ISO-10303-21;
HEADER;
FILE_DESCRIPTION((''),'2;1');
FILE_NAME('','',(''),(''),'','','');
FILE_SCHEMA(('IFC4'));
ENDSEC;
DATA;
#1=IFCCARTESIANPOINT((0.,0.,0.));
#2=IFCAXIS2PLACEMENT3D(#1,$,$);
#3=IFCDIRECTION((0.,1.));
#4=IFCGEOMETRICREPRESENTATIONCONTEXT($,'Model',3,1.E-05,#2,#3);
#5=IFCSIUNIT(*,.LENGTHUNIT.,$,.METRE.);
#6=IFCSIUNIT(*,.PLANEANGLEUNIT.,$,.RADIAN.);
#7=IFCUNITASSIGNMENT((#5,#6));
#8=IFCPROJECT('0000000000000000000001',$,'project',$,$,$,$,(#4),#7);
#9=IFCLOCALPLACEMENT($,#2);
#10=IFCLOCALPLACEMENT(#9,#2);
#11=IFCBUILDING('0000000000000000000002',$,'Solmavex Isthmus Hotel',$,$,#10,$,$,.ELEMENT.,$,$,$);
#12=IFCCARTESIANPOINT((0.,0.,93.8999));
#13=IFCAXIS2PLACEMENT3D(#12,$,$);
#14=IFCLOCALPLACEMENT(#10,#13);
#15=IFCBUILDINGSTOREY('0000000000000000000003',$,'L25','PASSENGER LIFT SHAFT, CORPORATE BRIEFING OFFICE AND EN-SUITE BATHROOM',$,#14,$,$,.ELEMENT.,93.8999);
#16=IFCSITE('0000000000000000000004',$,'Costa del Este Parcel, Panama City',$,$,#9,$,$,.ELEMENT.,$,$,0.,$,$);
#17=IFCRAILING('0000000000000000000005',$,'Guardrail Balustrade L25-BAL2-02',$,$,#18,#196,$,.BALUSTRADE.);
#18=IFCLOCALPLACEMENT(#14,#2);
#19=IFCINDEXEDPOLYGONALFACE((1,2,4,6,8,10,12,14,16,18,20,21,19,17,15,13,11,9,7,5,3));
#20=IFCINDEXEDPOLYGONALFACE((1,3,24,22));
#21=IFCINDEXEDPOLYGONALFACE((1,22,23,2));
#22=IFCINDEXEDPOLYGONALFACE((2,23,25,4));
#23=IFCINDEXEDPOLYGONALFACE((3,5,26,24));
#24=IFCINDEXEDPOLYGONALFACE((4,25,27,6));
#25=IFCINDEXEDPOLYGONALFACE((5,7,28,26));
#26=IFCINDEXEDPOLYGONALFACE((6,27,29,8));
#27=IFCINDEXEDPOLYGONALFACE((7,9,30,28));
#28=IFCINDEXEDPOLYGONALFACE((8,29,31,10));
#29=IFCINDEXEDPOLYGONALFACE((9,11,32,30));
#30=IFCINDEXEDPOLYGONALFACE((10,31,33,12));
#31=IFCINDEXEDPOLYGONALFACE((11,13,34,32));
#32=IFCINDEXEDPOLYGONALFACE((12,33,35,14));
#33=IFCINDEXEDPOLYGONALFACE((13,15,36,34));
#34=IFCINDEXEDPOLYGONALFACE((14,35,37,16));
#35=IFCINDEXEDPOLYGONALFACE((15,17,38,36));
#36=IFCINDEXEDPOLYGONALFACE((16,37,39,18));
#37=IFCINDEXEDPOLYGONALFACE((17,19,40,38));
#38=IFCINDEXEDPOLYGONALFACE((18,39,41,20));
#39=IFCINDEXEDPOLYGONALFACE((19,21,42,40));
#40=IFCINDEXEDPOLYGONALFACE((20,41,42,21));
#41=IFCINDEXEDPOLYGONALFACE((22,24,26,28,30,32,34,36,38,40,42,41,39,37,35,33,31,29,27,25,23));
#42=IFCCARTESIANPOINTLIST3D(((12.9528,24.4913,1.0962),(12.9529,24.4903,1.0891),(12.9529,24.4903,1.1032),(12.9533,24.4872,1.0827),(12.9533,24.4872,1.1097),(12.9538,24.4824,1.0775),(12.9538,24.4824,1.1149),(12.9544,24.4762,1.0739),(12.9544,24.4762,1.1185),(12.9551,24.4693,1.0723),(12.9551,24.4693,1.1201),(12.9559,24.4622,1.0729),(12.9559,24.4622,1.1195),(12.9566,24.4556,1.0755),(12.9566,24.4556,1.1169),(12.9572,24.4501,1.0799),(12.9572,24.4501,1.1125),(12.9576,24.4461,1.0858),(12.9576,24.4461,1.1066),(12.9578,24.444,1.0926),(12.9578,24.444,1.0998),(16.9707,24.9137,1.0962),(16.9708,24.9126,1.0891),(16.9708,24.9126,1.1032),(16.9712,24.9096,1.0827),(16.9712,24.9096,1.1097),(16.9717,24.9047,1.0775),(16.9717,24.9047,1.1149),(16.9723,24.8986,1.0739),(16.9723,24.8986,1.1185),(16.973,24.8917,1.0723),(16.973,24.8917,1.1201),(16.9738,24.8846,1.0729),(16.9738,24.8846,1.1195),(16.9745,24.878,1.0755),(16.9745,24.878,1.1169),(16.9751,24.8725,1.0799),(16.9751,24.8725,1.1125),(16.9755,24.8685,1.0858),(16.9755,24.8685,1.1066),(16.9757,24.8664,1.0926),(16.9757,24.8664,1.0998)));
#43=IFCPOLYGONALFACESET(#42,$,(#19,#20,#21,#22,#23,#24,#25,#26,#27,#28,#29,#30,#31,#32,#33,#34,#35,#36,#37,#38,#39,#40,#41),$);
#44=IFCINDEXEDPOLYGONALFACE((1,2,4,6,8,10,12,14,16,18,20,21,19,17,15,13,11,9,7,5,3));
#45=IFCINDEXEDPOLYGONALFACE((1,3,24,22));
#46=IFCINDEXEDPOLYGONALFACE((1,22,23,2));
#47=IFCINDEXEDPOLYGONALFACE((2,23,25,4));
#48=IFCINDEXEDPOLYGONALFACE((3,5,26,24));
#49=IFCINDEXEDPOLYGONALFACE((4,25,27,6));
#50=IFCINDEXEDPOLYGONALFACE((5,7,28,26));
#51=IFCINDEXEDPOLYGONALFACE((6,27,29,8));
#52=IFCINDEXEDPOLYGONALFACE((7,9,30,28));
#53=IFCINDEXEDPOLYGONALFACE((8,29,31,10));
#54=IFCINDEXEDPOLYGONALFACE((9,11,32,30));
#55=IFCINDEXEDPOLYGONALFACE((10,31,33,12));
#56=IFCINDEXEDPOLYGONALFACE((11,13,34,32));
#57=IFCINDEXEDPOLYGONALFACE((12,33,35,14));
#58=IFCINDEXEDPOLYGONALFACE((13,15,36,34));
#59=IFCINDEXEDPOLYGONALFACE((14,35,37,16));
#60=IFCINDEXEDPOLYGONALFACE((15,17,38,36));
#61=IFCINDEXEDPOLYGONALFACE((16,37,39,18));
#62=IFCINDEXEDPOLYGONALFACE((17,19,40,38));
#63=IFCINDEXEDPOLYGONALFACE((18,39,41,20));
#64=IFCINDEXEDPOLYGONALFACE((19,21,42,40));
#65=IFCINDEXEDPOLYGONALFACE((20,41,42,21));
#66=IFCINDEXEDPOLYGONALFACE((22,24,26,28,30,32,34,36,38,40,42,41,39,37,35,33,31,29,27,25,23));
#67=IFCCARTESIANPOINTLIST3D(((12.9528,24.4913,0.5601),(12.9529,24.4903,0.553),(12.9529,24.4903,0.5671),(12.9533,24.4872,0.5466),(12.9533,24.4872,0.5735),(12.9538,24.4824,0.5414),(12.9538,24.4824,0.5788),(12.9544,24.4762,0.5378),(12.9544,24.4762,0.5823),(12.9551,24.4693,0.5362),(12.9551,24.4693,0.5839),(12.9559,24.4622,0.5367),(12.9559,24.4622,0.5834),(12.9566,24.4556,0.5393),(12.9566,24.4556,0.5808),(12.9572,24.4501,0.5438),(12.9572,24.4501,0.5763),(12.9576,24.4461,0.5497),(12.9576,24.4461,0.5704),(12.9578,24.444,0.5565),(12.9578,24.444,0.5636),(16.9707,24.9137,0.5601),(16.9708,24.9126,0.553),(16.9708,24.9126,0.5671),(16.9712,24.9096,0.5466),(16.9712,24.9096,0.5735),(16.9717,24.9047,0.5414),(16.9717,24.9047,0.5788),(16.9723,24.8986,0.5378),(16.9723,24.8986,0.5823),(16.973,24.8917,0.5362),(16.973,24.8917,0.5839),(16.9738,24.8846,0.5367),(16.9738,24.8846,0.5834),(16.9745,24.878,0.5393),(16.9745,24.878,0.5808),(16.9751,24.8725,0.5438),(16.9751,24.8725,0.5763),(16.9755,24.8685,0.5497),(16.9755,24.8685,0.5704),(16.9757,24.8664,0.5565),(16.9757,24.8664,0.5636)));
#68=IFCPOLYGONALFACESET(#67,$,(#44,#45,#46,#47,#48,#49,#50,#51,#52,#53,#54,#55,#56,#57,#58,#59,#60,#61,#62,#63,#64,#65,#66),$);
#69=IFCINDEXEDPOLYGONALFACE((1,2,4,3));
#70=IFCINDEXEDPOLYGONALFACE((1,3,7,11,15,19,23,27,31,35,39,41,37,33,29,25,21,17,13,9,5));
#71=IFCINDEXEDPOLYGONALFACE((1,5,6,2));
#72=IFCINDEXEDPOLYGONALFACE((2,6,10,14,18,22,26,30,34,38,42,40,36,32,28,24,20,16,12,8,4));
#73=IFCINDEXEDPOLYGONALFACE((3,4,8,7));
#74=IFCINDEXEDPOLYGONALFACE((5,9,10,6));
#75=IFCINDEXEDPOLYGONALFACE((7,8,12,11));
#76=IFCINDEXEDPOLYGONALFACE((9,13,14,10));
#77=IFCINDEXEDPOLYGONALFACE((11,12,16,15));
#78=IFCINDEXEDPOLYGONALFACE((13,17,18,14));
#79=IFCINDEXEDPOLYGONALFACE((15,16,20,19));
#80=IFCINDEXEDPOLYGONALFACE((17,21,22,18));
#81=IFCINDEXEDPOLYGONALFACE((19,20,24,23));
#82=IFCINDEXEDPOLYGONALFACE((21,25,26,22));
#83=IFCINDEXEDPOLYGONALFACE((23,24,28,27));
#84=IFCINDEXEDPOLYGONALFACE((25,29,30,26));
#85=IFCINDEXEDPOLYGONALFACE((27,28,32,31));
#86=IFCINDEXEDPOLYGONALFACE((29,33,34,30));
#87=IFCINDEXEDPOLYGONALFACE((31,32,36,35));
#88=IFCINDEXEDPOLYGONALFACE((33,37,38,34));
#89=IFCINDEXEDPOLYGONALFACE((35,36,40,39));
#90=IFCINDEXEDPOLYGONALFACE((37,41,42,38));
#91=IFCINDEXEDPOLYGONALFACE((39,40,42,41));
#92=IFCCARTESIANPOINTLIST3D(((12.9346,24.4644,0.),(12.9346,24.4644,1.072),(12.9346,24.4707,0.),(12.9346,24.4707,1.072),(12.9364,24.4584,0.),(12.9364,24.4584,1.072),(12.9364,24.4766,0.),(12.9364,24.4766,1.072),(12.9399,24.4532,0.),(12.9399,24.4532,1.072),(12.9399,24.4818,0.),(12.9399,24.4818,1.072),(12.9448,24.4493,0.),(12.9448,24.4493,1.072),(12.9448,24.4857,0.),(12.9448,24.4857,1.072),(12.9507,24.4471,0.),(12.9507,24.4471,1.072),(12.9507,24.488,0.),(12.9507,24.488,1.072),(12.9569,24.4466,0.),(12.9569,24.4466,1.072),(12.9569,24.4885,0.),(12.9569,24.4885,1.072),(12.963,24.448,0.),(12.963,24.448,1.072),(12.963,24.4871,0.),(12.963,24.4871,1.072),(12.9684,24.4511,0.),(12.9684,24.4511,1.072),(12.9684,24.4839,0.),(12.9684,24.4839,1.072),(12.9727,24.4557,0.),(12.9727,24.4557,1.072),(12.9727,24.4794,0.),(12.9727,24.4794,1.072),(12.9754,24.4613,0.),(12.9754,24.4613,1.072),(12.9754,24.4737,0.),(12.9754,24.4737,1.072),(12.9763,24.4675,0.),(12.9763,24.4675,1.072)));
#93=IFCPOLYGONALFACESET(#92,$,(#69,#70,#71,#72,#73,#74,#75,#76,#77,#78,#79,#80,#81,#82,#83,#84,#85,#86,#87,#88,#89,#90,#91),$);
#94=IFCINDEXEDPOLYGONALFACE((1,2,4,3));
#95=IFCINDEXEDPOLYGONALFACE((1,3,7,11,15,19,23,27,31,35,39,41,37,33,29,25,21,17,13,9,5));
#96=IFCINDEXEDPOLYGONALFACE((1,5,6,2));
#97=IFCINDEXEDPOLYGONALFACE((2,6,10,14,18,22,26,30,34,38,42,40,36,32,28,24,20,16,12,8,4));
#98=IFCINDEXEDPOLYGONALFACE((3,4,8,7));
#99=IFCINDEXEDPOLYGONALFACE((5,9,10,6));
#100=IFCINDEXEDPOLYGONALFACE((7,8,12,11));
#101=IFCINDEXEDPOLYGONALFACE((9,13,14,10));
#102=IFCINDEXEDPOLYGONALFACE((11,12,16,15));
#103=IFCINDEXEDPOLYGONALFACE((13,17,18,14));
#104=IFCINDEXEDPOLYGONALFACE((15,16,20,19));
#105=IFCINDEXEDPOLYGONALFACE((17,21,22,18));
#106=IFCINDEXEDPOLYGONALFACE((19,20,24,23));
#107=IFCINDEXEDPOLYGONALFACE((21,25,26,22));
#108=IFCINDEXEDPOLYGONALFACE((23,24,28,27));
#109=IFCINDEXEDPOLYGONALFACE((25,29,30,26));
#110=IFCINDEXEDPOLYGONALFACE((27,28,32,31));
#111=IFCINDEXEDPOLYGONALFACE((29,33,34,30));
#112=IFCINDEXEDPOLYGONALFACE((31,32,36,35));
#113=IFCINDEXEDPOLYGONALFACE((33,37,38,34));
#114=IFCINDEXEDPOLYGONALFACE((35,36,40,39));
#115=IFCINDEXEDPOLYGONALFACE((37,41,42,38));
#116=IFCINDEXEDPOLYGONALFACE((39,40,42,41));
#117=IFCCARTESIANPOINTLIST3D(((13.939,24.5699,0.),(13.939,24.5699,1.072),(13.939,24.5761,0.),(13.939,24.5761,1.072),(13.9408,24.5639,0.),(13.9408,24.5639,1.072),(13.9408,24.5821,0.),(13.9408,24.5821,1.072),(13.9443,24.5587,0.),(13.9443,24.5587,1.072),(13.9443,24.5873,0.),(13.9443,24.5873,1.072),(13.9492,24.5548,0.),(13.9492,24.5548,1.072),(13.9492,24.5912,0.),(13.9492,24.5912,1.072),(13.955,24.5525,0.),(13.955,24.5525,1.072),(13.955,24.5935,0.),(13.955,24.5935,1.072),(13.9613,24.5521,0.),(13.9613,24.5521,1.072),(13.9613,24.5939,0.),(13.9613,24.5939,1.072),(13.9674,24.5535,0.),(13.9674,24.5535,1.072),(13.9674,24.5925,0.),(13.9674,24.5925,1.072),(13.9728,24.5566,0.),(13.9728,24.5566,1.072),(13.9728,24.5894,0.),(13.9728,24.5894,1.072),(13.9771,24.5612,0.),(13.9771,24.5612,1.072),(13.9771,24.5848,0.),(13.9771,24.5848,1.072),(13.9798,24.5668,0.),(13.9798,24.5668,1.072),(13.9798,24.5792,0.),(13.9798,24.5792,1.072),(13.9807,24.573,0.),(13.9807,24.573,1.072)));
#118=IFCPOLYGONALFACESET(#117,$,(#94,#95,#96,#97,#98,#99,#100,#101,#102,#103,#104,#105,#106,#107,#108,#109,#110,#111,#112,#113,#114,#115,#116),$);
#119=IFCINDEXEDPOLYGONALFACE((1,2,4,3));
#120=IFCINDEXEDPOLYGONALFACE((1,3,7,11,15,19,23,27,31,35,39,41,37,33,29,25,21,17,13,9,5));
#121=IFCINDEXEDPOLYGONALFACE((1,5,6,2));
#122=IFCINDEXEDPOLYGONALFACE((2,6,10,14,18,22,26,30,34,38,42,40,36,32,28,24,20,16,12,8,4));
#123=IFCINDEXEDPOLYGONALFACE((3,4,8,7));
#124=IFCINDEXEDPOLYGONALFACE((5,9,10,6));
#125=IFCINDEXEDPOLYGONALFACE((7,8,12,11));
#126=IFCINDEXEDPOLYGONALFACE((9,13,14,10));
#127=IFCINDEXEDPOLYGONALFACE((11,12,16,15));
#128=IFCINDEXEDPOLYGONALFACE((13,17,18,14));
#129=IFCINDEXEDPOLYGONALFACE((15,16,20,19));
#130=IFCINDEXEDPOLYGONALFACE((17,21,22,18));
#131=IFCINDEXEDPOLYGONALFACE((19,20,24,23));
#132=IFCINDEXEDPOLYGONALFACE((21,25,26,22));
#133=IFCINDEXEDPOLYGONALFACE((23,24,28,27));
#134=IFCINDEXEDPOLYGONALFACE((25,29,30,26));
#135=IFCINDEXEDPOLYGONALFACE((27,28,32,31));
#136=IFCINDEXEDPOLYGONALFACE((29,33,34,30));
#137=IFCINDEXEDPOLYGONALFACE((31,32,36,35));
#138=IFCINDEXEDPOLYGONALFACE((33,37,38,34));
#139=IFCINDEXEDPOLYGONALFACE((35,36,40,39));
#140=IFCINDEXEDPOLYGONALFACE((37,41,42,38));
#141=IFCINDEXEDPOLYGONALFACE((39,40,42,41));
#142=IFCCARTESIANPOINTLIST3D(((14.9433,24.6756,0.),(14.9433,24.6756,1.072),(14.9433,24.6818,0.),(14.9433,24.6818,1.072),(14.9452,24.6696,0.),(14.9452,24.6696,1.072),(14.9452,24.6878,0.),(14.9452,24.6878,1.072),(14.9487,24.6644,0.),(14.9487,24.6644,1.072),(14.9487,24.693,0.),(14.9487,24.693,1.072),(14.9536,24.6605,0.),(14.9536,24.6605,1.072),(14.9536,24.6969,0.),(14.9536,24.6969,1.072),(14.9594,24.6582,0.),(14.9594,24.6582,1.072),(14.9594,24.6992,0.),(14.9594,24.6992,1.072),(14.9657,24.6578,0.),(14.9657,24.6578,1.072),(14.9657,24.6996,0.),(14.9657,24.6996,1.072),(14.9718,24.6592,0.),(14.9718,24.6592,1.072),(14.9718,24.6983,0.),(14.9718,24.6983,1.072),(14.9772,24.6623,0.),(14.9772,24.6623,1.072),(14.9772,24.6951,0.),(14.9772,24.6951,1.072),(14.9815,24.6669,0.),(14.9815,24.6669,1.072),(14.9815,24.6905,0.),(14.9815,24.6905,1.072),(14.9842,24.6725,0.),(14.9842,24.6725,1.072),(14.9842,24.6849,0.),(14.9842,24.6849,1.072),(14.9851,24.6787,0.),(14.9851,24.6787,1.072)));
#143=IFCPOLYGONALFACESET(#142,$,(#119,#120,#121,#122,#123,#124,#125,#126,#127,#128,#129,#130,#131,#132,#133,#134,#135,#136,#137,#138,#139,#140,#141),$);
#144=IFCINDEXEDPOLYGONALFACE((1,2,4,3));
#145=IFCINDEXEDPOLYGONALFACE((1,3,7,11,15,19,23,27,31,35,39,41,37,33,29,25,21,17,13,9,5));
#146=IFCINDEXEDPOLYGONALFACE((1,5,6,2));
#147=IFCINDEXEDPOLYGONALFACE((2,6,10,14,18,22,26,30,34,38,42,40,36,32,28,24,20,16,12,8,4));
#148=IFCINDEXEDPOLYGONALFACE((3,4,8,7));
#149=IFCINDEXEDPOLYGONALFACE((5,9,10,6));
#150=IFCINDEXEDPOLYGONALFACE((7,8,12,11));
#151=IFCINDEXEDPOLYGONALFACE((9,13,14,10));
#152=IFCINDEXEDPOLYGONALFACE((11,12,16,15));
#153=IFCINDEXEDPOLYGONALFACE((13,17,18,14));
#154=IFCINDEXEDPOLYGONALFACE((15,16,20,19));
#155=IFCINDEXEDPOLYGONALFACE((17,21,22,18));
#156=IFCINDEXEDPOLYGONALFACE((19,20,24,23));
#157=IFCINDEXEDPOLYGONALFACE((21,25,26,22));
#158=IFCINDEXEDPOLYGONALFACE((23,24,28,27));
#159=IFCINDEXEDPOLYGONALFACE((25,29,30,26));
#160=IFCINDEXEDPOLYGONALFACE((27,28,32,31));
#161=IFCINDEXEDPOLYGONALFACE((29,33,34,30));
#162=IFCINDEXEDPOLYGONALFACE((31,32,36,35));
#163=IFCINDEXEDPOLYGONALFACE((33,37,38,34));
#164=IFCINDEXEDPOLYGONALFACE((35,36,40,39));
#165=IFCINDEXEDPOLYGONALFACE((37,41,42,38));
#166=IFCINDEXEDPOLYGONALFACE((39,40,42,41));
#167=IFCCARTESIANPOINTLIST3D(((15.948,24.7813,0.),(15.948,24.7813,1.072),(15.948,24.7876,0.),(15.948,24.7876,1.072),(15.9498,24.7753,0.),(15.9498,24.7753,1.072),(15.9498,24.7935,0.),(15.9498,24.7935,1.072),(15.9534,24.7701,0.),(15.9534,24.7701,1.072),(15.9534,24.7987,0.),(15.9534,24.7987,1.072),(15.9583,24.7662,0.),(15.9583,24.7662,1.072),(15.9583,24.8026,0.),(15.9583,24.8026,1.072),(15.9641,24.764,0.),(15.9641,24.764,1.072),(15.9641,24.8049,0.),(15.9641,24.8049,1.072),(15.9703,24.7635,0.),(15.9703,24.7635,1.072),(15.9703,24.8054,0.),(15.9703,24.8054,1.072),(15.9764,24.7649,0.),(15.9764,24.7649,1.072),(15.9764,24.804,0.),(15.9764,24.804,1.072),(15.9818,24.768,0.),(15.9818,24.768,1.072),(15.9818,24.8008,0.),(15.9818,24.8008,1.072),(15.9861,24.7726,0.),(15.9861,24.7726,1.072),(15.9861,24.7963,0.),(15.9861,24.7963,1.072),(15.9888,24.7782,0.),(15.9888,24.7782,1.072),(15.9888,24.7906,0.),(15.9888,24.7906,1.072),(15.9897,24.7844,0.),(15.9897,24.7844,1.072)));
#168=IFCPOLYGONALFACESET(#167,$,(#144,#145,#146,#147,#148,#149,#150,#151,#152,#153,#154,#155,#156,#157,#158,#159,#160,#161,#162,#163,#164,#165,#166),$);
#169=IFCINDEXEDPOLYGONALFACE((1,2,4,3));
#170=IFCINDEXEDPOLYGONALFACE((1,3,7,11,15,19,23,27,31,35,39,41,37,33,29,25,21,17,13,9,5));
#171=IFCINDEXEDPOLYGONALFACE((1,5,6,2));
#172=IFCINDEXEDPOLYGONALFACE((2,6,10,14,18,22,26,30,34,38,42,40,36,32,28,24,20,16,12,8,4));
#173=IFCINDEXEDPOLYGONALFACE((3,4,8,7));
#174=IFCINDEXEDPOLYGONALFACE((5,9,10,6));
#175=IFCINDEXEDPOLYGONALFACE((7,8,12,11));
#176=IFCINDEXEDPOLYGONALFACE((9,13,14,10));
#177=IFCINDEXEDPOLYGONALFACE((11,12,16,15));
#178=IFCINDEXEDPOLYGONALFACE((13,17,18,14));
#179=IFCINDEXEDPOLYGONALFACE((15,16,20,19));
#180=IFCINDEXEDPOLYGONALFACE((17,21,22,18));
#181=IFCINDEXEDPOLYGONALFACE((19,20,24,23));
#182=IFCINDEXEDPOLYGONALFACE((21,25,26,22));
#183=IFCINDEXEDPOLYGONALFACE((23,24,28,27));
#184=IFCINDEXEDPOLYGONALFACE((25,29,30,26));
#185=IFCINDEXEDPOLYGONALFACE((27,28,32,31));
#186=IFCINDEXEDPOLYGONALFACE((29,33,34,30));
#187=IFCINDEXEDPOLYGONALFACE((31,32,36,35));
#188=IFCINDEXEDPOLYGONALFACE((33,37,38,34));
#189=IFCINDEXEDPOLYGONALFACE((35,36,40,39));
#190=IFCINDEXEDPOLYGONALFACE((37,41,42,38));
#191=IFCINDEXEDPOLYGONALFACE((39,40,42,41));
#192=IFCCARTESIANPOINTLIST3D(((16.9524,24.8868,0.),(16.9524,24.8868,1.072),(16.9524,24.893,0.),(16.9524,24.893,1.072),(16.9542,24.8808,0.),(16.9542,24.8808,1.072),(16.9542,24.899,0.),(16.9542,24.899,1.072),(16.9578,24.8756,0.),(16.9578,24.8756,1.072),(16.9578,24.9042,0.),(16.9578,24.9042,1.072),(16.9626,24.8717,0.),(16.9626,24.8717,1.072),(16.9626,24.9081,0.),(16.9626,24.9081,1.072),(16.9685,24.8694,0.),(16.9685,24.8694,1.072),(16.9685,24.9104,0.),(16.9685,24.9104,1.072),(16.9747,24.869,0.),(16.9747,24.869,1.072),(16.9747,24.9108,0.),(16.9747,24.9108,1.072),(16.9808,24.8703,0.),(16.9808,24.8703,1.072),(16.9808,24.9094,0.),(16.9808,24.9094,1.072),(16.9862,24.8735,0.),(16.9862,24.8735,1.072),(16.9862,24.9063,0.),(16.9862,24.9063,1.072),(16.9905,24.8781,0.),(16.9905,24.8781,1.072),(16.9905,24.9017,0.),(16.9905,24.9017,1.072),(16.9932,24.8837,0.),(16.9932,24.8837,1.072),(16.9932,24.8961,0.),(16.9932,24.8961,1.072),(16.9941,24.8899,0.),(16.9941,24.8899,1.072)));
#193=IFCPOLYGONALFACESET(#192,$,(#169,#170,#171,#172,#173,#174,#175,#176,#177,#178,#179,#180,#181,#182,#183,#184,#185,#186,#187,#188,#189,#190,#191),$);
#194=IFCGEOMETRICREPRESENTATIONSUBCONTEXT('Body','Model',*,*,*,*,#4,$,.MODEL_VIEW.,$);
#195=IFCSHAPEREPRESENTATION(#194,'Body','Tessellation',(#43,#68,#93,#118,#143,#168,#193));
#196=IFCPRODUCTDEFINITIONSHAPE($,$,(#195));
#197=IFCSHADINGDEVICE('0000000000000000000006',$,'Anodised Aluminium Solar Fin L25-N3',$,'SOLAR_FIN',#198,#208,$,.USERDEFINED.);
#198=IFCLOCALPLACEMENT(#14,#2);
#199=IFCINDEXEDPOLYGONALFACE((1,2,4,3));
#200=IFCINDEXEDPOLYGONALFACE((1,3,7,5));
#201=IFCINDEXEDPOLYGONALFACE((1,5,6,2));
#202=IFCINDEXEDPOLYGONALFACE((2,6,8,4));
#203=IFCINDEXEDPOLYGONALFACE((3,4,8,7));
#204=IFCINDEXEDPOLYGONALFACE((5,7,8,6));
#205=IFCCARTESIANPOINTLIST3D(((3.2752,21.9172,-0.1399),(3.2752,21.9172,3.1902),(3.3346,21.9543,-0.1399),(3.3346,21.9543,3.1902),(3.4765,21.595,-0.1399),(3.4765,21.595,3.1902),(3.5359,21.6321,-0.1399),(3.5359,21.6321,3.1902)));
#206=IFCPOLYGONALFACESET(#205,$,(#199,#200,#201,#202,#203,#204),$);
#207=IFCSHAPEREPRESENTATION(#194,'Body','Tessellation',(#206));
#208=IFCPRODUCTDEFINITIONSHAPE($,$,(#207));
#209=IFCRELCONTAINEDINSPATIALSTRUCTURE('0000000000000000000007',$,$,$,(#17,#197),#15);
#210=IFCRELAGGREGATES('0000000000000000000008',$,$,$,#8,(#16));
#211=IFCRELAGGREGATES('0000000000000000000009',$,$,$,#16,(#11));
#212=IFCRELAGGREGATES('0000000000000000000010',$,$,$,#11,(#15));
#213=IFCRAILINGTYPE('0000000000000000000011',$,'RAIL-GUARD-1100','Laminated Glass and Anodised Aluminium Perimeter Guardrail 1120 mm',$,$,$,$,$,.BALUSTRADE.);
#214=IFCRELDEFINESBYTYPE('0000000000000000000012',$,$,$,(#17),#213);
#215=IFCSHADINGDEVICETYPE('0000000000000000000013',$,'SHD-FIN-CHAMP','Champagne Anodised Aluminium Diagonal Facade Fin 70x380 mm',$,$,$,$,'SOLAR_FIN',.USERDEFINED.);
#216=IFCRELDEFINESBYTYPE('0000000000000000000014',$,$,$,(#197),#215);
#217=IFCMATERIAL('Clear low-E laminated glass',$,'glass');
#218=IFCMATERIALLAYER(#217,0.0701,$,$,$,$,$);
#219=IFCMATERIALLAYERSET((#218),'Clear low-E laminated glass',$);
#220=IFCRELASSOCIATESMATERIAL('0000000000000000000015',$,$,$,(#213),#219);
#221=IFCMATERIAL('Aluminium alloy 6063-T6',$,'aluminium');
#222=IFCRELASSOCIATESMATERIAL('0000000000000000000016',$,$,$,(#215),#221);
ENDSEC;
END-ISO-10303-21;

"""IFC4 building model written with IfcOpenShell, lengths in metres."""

from ifc_helpers import new_model, si_unit, direction, frame, origin, origin_2d, place, context, subcontext, project, spatial, rectangle, circle, extrude, material, layer, layer_set, type_object, element, save


model = new_model("IFC4")

# Units and contexts
model_context = context("Model", 3, precision=1e-05, world=origin(), true_north=direction((0.0, 1.0)))
body_context = subcontext(model_context, "Body", "Model", "MODEL_VIEW")
ifc_project = project(units=[si_unit("LENGTHUNIT", "METRE"), si_unit("PLANEANGLEUNIT", "RADIAN")], contexts=[model_context])

# Site, building, storey
site_placement = place(None, origin())
site = spatial("IfcSite", under=ifc_project, at=site_placement, Name="Costa del Este Parcel, Panama City", CompositionType="ELEMENT", RefElevation=0.0)
building_placement = place(site_placement, origin())
building = spatial("IfcBuilding", under=site, at=building_placement, Name="Solmavex Isthmus Hotel", CompositionType="ELEMENT")
storey_placement = place(building_placement, frame((0.0, 0.0, 93.8999)))
storey = spatial("IfcBuildingStorey", under=building, at=storey_placement, Name="L25", Description="PASSENGER LIFT SHAFT, CORPORATE BRIEFING OFFICE AND EN-SUITE BATHROOM", CompositionType="ELEMENT", Elevation=93.8999)

# Shared definitions
ifc_material_1 = material(Name="Aluminium alloy 6063-T6", Category="aluminium")
ifc_material_2 = material(Name="Clear low-E laminated glass", Category="glass")

# Railing
ifc_layer_1 = layer(ifc_material_2, 0.0701)
ifc_layer_set_1 = layer_set([ifc_layer_1], Name="Clear low-E laminated glass")
railing_type = type_object("IfcRailingType", Name="RAIL-GUARD-1100", Description="Laminated Glass and Anodised Aluminium Perimeter Guardrail 1120 mm", PredefinedType="BALUSTRADE", material=ifc_layer_set_1)
railing_1_placement = place(storey_placement, frame((12.9553, 24.4675, 0.0)))
element("IfcRailing", 1, at=railing_1_placement, inside=storey, type_object=railing_type, Name="Guardrail Balustrade L25-BAL2-02", PredefinedType="BALUSTRADE", context=body_context, shape_type="SweptSolid", body=[
    extrude(circle(Radius=0.0239, at=origin_2d()), frame((0.0, 0.0, 1.0962), z_axis=(0.99452, 0.104546, 0.0), x_axis=(-0.104546, 0.99452, 0.0)), (0.0, 0.0, 1.0), 4.04),
    extrude(circle(Radius=0.0239, at=origin_2d()), frame((0.0, 0.0, 0.5601), z_axis=(0.99452, 0.104546, 0.0), x_axis=(-0.104546, 0.99452, 0.0)), (0.0, 0.0, 1.0), 4.04),
    extrude(circle(Radius=0.021, at=origin_2d()), origin(), (0.0, 0.0, 1.0), 1.072),
    extrude(circle(Radius=0.021, at=origin_2d()), frame((1.0044, 0.1055, 0.0)), (0.0, 0.0, 1.0), 1.072),
    extrude(circle(Radius=0.021, at=origin_2d()), frame((2.0088, 0.2112, 0.0)), (0.0, 0.0, 1.0), 1.072),
    extrude(circle(Radius=0.021, at=origin_2d()), frame((3.0134, 0.3169, 0.0)), (0.0, 0.0, 1.0), 1.072),
    extrude(circle(Radius=0.021, at=origin_2d()), frame((4.0178, 0.4224, 0.0)), (0.0, 0.0, 1.0), 1.072),
])

# Shading device
shading_device_type = type_object("IfcShadingDeviceType", Name="SHD-FIN-CHAMP", Description="Champagne Anodised Aluminium Diagonal Facade Fin 70x380 mm", ElementType="SOLAR_FIN", PredefinedType="USERDEFINED", material=ifc_material_1)
for number, where, z_axis, x_axis, name in (
    (2, (3.4055, 21.7747, -0.1399), (0.0, 0.0, 1.0), (-0.529919, 0.848048, 0.0), "Anodised Aluminium Solar Fin L25-N3"),
):
    element("IfcShadingDevice", number, at=place(storey_placement, frame(where, z_axis=z_axis, x_axis=x_axis)), inside=storey, type_object=shading_device_type, Name=name, ObjectType="SOLAR_FIN", PredefinedType="USERDEFINED", context=body_context, shape_type="SweptSolid", body=[
        extrude(rectangle(XDim=0.3799, YDim=0.0701, at=origin_2d()), origin(), (0.0, 0.0, 1.0), 3.3301),
    ])

save(model, "model.ifc")
